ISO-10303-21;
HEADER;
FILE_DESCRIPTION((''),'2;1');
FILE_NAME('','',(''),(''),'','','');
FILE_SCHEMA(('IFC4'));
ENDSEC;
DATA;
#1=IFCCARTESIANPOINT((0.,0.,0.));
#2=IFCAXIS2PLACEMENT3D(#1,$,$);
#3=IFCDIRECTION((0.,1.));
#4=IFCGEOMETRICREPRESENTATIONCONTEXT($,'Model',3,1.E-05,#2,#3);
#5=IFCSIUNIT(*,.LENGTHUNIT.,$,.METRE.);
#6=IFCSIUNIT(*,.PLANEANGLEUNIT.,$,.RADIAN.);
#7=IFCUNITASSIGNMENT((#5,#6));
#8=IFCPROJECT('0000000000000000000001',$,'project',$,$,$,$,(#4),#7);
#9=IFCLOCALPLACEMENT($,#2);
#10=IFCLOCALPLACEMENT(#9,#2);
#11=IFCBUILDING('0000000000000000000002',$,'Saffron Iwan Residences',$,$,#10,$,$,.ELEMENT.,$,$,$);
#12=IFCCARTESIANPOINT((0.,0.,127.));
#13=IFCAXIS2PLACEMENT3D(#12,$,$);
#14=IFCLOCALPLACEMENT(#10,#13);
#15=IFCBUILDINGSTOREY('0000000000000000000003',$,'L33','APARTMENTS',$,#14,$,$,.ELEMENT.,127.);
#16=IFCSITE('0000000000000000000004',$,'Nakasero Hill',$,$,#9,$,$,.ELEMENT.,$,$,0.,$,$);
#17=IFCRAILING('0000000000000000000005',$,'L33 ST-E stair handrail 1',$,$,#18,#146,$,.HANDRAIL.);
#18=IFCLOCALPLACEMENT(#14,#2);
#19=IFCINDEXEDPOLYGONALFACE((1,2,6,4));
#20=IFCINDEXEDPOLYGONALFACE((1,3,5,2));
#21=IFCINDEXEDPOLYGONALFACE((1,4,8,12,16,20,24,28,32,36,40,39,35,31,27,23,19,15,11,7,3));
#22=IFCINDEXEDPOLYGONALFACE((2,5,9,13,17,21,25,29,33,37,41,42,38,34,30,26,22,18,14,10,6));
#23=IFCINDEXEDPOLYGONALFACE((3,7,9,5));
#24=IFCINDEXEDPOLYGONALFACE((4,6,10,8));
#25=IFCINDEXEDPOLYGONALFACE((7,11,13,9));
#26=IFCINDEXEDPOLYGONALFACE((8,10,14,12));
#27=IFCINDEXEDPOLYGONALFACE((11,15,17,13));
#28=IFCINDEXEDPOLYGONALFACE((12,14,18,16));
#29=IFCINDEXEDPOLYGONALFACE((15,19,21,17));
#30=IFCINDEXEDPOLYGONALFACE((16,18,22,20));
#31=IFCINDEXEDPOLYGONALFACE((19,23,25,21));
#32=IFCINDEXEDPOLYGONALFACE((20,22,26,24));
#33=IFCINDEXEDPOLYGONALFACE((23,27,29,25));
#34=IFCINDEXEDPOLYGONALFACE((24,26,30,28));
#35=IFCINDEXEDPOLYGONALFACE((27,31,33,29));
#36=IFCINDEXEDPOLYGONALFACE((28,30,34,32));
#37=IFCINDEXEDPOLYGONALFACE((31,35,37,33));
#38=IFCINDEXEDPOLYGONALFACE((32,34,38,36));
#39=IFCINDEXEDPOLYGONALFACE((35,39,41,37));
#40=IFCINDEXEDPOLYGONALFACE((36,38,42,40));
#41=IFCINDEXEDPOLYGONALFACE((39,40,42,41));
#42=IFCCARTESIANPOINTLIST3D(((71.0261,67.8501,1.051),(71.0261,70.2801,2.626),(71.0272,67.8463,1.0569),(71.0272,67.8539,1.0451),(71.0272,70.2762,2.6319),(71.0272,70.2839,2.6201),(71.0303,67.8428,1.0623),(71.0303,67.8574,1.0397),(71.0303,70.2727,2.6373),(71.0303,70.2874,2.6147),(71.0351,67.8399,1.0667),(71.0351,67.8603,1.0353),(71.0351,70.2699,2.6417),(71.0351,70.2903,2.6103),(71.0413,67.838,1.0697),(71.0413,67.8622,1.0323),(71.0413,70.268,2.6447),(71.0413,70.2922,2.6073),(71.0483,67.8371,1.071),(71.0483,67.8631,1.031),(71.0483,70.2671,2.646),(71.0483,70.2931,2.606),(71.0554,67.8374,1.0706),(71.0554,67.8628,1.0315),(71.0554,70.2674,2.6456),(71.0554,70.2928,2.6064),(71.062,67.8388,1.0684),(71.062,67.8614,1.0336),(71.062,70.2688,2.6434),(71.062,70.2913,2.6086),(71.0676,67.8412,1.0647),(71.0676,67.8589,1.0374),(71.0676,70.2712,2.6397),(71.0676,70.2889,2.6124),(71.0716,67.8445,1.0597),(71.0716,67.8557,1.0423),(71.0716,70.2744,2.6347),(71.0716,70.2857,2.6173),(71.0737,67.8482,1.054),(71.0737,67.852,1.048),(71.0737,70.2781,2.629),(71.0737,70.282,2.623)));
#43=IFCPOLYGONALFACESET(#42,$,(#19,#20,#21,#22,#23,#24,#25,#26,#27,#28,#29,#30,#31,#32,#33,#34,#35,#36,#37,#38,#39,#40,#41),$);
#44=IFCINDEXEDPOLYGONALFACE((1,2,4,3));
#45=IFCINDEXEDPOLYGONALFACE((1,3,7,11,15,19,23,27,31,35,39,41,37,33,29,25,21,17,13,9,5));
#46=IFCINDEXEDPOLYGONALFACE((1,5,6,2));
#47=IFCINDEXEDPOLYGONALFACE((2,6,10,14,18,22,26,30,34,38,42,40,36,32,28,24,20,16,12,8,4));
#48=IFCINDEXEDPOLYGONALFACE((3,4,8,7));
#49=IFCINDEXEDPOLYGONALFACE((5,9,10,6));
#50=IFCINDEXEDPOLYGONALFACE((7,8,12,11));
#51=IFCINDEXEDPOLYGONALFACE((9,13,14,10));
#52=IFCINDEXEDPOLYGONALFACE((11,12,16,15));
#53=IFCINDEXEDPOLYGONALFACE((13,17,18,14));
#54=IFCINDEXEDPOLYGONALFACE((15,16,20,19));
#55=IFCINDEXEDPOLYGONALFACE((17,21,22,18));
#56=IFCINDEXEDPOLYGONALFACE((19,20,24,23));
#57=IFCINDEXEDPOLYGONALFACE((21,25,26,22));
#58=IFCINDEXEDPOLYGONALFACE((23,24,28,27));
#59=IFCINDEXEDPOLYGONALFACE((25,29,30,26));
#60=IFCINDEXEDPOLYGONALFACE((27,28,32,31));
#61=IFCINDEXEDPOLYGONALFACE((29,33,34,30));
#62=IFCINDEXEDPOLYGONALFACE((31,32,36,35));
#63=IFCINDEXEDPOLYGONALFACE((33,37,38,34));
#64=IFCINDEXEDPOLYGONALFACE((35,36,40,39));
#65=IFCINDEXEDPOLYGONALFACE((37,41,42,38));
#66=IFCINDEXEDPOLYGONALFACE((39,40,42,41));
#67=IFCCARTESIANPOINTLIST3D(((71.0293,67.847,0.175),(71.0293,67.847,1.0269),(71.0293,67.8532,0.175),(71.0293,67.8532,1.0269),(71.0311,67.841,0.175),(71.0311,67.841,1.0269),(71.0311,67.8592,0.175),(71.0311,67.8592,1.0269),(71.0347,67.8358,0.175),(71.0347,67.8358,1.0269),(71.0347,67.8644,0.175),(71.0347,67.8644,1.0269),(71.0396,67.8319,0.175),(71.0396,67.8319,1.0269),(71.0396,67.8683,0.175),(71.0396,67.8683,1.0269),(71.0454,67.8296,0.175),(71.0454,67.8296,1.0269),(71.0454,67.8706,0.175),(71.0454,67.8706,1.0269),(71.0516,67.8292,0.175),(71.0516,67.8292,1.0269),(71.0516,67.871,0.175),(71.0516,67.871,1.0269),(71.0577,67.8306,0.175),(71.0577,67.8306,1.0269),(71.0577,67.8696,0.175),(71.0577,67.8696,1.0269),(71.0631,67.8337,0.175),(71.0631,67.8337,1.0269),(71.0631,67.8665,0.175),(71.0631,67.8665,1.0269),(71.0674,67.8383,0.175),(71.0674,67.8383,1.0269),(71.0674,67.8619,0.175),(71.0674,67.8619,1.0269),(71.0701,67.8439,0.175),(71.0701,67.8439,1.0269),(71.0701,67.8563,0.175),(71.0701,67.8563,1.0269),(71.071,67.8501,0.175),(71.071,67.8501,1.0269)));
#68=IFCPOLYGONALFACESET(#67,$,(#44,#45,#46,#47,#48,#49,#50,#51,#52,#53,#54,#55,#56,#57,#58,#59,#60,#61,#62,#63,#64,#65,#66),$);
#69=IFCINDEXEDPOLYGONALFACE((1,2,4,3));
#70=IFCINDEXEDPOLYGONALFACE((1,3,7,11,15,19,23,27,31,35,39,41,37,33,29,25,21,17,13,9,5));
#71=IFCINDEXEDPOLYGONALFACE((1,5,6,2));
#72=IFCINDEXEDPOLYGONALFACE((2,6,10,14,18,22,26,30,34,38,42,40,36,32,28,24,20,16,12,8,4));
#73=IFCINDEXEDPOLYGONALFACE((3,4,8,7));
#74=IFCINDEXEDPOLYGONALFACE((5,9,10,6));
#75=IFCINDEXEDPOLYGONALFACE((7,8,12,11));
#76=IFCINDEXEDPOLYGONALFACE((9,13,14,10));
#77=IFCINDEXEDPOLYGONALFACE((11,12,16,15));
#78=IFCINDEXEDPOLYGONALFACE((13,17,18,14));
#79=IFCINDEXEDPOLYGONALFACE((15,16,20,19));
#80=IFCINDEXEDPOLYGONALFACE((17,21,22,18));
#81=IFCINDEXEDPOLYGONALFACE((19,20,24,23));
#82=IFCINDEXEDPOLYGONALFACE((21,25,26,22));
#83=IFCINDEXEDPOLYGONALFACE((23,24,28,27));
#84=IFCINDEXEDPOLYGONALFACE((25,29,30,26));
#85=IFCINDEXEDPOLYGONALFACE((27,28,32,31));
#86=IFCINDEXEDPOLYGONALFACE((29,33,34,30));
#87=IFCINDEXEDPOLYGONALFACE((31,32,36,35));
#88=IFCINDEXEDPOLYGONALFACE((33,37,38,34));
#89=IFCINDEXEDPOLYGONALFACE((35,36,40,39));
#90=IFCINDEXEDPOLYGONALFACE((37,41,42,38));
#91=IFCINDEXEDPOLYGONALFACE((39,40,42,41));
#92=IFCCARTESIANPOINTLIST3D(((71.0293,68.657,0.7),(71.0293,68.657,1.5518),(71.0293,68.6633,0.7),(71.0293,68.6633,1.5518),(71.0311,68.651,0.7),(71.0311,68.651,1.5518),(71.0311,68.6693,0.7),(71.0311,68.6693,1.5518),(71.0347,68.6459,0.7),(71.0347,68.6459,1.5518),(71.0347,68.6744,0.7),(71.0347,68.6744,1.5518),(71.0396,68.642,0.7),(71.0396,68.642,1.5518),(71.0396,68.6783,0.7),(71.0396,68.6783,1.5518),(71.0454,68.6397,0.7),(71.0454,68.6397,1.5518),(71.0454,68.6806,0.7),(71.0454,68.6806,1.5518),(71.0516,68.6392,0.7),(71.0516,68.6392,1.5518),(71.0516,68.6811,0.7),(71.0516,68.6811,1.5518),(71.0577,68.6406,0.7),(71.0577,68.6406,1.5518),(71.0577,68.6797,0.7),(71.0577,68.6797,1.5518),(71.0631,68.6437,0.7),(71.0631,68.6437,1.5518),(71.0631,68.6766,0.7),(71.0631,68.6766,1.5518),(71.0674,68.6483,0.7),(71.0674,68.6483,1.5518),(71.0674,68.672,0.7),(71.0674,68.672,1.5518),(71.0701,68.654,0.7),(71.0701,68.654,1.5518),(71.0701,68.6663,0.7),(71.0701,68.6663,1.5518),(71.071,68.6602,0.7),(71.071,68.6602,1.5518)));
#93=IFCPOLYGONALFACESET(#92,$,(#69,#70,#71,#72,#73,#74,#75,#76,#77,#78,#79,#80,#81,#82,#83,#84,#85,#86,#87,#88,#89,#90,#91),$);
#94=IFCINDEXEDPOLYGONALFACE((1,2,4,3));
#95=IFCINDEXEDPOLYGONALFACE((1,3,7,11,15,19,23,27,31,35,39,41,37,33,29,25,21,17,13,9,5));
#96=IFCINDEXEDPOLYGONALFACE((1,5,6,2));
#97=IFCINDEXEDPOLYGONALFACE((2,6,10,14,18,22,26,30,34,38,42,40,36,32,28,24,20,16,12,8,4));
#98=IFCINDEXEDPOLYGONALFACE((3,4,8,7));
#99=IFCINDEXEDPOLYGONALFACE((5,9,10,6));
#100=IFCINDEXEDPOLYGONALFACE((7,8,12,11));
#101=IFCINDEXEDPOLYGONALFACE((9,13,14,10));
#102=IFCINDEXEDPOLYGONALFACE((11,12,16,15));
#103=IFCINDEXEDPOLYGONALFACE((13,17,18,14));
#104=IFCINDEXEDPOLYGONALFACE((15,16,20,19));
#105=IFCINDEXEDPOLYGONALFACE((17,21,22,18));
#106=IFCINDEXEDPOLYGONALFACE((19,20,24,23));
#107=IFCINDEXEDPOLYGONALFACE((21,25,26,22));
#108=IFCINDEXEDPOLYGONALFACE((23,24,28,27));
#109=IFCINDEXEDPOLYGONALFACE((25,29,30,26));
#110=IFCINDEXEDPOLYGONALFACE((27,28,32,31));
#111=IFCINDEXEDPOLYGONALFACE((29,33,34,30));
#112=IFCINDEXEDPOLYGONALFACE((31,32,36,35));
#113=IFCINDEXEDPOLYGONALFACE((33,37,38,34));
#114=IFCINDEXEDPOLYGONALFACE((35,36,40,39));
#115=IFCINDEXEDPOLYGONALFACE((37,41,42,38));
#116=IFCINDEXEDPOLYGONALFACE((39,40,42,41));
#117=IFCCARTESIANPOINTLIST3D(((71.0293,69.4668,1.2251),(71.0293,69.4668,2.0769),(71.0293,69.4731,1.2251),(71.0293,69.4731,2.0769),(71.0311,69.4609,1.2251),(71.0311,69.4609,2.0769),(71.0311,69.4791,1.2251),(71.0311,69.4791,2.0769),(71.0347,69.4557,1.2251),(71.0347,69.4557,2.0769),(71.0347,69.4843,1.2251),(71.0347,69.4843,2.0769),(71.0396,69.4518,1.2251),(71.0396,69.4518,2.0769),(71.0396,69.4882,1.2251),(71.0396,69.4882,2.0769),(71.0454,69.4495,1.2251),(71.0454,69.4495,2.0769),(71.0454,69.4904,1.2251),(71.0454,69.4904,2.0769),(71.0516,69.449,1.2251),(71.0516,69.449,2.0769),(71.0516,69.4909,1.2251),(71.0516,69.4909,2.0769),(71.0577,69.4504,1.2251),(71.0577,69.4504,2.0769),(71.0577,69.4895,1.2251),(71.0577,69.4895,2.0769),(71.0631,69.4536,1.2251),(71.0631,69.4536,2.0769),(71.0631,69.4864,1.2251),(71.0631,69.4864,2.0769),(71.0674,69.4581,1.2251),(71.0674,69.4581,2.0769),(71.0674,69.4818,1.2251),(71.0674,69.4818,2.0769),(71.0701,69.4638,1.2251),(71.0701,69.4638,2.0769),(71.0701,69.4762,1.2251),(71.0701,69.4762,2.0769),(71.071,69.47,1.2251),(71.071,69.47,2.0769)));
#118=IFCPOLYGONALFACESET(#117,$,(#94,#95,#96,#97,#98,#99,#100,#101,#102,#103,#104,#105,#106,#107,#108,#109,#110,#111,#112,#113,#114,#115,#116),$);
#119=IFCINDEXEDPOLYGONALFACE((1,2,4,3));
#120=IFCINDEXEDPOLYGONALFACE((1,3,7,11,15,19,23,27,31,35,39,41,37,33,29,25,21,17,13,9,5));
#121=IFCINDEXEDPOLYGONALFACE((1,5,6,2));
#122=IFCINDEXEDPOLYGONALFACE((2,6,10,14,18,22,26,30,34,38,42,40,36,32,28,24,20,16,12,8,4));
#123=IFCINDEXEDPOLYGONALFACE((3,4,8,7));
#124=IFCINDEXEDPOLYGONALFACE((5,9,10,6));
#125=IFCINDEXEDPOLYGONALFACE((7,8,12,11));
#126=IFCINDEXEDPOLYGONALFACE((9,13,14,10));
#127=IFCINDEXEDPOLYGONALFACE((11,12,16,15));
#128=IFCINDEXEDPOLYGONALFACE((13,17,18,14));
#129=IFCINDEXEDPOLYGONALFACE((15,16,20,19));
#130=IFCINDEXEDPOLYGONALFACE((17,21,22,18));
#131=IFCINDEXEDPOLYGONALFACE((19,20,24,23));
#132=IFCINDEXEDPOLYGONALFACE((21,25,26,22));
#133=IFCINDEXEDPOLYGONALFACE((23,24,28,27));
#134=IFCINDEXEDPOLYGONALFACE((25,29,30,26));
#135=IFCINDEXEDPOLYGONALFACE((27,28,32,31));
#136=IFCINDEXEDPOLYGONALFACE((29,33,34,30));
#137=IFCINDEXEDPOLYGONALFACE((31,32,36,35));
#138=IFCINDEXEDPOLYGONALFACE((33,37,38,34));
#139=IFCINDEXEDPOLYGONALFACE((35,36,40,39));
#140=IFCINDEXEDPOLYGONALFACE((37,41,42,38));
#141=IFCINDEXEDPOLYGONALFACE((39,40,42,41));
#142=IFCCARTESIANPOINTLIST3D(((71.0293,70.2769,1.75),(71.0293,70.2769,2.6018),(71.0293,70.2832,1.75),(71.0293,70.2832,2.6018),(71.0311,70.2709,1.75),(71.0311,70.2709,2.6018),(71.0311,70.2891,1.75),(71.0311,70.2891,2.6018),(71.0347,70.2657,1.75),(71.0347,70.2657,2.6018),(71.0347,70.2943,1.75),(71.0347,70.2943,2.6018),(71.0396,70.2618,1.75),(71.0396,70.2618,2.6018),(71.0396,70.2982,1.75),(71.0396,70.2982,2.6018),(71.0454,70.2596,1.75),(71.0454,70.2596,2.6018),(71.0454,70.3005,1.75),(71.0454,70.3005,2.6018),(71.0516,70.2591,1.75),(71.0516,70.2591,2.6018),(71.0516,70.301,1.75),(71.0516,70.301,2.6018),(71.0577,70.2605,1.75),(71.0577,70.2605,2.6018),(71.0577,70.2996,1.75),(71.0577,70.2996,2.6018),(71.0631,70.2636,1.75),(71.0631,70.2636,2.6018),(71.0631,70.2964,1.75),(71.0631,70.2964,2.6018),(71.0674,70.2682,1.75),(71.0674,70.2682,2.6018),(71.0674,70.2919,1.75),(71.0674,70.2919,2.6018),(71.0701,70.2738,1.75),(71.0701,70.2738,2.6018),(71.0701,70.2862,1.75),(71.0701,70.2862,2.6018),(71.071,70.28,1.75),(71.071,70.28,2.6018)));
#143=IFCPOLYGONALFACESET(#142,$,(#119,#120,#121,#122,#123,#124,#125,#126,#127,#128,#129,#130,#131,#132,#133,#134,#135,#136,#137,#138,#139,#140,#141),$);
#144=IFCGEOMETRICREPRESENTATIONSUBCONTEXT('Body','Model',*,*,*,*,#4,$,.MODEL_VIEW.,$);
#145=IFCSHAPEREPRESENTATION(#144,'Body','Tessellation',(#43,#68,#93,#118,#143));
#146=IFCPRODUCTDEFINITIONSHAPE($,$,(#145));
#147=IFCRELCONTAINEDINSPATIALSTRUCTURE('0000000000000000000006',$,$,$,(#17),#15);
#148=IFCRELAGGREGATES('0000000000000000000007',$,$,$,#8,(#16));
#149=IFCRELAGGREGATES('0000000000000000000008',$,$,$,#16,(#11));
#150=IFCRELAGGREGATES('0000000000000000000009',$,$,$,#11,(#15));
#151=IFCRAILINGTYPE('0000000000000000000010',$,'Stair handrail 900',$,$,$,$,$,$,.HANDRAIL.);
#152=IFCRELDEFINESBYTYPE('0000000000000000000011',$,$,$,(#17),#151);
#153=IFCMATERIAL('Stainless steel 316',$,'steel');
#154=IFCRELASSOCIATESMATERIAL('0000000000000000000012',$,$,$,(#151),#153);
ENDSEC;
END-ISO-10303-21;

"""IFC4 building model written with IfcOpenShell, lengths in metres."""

from ifc_helpers import new_model, si_unit, direction, frame, origin, origin_2d, place, context, subcontext, project, spatial, circle, extrude, material, type_object, element, save


model = new_model("IFC4")

# Units and contexts
model_context = context("Model", 3, precision=1e-05, world=origin(), true_north=direction((0.0, 1.0)))
body_context = subcontext(model_context, "Body", "Model", "MODEL_VIEW")
ifc_project = project(units=[si_unit("LENGTHUNIT", "METRE"), si_unit("PLANEANGLEUNIT", "RADIAN")], contexts=[model_context])

# Site, building, storey
site_placement = place(None, origin())
site = spatial("IfcSite", under=ifc_project, at=site_placement, Name="Nakasero Hill", CompositionType="ELEMENT", RefElevation=0.0)
building_placement = place(site_placement, origin())
building = spatial("IfcBuilding", under=site, at=building_placement, Name="Saffron Iwan Residences", CompositionType="ELEMENT")
storey_placement = place(building_placement, frame((0.0, 0.0, 127.0)))
storey = spatial("IfcBuildingStorey", under=building, at=storey_placement, Name="L33", Description="APARTMENTS", CompositionType="ELEMENT", Elevation=127.0)

# Railing
ifc_material_1 = material(Name="Stainless steel 316", Category="steel")
railing_type_1 = type_object("IfcRailingType", Name="Stair handrail 900", PredefinedType="HANDRAIL", material=ifc_material_1)
railing_1_placement = place(storey_placement, frame((71.05, 67.8501, 0.175)))
element("IfcRailing", 1, at=railing_1_placement, inside=storey, type_object=railing_type_1, Name="L33 ST-E stair handrail 1", PredefinedType="HANDRAIL", context=body_context, shape_type="SweptSolid", body=[
    extrude(circle(Radius=0.0239, at=origin_2d()), frame((0.0, 0.0, 0.876), z_axis=(0.0, 0.839154, 0.543894), x_axis=(-1.0, 0.0, 0.0)), (0.0, 0.0, 1.0), 2.8958),
    extrude(circle(Radius=0.021, at=origin_2d()), origin(), (0.0, 0.0, 1.0), 0.8518),
    extrude(circle(Radius=0.021, at=origin_2d()), frame((0.0, 0.8101, 0.5249)), (0.0, 0.0, 1.0), 0.8518),
    extrude(circle(Radius=0.021, at=origin_2d()), frame((0.0, 1.6199, 1.05)), (0.0, 0.0, 1.0), 0.8518),
    extrude(circle(Radius=0.021, at=origin_2d()), frame((0.0, 2.4299, 1.575)), (0.0, 0.0, 1.0), 0.8518),
])

save(model, "model.ifc")
